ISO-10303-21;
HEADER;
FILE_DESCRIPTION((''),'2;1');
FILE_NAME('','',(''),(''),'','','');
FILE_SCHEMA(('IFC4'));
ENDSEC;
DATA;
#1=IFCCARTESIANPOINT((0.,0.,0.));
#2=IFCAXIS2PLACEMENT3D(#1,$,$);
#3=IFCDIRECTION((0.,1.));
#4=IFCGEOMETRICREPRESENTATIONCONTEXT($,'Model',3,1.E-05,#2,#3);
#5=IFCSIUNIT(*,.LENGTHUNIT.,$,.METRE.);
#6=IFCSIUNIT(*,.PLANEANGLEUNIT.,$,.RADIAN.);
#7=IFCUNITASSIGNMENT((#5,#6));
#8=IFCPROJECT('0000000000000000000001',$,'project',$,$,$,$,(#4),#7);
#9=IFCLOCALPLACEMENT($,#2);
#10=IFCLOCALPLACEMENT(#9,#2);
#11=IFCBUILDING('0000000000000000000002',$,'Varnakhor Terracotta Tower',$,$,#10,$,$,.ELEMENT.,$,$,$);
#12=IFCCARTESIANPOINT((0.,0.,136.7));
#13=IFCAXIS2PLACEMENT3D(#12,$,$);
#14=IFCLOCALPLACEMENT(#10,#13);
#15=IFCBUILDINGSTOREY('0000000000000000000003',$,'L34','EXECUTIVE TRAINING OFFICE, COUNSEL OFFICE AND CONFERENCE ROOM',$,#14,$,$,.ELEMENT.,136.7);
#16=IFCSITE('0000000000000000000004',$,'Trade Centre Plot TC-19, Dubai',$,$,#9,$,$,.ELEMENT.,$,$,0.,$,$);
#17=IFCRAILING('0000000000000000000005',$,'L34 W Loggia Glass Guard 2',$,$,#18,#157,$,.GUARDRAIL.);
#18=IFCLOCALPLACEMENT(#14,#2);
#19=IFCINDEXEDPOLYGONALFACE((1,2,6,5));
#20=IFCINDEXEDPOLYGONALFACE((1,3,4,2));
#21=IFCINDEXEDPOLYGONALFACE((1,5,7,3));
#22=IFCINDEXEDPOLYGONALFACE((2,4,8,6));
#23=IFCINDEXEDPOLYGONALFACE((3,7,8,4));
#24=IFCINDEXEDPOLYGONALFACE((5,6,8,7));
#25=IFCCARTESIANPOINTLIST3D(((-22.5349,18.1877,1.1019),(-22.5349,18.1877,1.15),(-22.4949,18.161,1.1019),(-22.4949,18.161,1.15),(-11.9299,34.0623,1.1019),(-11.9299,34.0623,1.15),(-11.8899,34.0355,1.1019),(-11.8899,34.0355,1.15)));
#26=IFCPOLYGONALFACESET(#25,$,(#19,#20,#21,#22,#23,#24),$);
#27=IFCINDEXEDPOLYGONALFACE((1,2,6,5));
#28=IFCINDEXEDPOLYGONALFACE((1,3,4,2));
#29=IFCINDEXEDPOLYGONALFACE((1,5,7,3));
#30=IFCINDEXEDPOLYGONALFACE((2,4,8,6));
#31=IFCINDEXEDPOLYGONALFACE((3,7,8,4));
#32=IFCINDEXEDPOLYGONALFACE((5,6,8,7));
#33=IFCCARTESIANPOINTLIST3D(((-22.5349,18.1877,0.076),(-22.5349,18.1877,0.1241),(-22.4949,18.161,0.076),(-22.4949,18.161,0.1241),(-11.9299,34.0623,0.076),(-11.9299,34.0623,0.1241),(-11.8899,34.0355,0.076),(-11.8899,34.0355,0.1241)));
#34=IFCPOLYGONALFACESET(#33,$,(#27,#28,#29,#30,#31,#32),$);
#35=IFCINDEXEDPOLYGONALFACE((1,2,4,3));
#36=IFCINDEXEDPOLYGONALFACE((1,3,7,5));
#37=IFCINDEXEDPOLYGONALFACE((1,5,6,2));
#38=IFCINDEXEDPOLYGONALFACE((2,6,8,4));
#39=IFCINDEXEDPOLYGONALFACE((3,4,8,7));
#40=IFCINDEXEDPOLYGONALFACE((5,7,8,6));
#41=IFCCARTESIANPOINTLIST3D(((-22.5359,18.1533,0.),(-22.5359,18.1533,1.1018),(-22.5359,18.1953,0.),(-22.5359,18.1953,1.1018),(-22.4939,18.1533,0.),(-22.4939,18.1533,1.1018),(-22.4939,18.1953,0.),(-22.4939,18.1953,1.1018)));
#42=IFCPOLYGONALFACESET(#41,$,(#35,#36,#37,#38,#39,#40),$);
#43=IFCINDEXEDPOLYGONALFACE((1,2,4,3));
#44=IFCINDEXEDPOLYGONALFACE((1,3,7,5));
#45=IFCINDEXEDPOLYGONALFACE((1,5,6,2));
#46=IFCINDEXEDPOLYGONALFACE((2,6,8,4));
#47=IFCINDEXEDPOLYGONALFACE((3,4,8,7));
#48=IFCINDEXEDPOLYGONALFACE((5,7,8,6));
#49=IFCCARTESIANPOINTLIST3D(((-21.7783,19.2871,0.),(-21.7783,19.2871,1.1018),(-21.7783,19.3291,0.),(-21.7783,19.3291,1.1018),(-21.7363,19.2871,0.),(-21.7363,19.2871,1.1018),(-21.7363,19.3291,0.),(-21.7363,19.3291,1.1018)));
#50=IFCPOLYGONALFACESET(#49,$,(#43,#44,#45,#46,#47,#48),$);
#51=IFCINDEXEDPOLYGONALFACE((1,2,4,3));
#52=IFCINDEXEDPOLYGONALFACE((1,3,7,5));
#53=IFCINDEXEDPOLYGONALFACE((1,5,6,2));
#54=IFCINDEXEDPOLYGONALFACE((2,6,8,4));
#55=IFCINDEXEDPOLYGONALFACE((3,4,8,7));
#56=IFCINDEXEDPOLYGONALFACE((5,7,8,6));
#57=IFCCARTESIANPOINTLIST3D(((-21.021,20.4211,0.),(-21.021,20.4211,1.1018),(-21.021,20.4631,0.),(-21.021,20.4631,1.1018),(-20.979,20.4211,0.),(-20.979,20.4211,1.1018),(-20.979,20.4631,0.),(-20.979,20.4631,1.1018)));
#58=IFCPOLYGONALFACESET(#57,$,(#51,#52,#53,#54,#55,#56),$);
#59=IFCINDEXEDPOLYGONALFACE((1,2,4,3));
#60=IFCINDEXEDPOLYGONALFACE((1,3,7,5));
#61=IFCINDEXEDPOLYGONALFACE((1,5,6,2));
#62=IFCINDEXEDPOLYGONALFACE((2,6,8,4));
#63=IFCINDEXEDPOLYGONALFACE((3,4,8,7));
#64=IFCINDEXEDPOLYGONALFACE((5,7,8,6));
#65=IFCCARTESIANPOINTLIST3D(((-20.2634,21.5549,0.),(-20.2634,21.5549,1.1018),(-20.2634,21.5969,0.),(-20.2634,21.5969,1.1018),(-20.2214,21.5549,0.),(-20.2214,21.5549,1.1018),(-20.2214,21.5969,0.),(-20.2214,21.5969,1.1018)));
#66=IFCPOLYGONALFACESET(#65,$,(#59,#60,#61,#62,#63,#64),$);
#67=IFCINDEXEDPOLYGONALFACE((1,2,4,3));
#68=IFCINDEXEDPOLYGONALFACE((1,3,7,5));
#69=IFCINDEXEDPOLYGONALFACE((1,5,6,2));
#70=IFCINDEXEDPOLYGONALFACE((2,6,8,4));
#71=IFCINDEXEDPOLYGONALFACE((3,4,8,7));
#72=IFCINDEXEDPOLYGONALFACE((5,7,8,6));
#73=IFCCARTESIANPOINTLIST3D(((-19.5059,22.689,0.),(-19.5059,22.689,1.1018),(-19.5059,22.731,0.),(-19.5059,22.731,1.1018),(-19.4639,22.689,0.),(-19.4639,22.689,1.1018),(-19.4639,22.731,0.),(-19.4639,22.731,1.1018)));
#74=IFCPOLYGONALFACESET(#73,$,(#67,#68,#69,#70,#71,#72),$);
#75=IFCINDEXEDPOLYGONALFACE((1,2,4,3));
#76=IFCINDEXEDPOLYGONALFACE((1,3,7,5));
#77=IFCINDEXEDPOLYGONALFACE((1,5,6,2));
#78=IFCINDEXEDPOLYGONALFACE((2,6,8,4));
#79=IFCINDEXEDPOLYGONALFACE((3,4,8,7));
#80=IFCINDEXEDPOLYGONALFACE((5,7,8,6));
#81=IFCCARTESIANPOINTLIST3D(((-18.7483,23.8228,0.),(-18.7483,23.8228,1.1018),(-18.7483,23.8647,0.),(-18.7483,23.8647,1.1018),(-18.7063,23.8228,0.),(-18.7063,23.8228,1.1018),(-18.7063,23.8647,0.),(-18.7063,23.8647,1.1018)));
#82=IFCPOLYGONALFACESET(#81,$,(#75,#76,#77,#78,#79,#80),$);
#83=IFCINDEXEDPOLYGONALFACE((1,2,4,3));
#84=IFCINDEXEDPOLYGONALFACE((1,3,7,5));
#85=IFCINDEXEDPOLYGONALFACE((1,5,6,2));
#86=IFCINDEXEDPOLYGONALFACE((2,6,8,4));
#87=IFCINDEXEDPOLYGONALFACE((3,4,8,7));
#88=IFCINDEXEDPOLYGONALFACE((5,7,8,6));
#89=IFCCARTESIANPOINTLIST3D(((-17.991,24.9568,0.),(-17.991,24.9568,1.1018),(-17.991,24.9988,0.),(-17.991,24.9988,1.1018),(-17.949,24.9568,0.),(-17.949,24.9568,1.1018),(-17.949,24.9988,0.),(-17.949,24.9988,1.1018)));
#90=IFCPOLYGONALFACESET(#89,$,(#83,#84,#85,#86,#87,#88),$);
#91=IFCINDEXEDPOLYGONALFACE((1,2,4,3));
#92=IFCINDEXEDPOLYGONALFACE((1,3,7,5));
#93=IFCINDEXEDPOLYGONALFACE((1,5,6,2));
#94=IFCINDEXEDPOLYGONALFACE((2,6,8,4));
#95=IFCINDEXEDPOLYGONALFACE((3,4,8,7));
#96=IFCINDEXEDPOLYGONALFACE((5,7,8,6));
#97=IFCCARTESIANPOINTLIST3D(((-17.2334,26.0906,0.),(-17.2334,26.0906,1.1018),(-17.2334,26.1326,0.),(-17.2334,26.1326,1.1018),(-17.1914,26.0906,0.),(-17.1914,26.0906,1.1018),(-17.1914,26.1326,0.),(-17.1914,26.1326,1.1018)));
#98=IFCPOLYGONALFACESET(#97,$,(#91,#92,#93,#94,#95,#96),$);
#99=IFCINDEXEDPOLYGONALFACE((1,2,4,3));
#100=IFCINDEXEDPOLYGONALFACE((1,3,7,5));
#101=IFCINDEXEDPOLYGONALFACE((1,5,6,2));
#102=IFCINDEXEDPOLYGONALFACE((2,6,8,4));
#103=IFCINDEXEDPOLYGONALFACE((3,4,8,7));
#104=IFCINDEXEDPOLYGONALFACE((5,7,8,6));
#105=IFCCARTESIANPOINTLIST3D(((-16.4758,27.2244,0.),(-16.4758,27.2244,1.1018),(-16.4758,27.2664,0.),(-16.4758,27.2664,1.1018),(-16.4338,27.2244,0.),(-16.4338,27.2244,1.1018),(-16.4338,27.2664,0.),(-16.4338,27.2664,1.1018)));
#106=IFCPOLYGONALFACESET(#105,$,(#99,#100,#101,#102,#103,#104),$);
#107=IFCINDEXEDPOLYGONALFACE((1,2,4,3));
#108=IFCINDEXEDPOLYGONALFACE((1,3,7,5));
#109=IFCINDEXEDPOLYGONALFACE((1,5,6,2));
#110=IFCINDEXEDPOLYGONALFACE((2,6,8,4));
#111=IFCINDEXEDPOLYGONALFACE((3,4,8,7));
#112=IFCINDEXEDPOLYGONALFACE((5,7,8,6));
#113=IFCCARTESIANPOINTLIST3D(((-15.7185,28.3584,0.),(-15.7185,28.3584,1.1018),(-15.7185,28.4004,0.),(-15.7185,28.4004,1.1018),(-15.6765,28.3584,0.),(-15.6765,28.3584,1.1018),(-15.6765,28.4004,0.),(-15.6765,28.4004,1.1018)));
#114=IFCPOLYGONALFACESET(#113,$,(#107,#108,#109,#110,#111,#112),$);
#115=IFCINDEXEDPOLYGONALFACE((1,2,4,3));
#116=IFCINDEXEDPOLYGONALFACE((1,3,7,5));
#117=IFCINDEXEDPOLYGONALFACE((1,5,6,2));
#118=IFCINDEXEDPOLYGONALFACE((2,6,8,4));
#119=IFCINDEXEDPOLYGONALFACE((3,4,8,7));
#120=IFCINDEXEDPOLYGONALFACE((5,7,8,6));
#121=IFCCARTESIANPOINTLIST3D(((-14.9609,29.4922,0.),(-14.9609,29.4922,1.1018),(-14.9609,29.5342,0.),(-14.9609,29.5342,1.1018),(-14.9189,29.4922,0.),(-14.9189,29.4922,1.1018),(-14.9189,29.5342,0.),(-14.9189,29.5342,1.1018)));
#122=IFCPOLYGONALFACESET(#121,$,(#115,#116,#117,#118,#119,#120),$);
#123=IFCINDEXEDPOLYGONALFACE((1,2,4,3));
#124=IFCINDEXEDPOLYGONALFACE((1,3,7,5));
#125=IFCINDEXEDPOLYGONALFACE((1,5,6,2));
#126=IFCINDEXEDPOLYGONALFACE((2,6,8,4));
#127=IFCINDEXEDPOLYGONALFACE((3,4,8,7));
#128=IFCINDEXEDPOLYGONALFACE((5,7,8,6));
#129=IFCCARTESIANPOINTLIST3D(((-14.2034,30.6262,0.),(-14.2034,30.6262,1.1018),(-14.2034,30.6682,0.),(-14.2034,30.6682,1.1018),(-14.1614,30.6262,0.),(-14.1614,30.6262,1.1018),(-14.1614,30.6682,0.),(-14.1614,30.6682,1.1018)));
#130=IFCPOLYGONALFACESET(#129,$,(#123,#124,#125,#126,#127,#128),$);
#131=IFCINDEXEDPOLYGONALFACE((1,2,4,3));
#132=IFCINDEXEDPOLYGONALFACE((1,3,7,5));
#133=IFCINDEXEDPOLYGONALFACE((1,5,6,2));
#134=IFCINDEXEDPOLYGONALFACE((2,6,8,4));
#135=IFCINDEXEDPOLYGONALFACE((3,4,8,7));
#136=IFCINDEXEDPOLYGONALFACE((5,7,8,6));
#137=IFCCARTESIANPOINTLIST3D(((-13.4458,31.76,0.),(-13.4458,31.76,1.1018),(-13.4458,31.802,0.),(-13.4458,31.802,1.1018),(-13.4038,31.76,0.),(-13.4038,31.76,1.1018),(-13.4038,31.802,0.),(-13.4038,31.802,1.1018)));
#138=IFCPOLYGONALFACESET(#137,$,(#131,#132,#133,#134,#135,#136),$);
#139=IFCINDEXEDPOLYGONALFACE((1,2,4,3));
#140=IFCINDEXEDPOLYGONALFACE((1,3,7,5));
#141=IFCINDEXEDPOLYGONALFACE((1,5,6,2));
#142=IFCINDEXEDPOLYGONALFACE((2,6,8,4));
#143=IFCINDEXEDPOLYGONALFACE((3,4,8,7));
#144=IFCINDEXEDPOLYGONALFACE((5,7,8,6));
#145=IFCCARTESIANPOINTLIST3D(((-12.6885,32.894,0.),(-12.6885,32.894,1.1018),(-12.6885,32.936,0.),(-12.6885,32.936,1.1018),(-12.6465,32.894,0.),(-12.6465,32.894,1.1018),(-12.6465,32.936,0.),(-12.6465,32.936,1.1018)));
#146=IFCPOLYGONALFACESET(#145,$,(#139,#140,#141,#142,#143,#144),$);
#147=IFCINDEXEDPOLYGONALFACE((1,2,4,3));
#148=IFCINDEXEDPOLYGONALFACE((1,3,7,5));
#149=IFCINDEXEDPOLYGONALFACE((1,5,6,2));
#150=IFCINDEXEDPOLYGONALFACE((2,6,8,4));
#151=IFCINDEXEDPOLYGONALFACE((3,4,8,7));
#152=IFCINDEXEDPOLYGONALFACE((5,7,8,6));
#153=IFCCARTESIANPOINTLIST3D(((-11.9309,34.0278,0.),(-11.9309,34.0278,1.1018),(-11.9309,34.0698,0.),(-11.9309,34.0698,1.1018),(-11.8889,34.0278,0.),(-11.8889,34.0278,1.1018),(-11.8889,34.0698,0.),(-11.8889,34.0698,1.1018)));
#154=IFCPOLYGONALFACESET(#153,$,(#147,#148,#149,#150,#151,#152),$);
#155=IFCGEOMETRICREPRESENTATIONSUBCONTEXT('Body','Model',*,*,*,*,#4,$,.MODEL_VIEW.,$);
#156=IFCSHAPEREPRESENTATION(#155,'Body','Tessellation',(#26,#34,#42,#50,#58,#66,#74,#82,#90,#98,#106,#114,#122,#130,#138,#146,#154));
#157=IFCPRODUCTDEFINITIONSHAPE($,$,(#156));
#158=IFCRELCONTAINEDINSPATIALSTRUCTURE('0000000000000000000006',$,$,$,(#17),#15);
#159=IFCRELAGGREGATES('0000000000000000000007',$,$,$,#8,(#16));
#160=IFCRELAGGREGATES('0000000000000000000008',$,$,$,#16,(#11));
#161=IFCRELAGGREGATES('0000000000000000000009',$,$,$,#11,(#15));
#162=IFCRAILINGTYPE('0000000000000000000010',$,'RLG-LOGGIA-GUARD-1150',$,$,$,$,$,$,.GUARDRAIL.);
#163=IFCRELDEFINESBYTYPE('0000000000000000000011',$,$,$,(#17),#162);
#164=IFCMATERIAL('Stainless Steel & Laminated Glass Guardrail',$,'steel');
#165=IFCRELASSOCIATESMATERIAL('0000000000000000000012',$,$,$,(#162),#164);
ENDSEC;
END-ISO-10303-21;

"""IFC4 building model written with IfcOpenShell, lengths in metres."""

from ifc_helpers import new_model, si_unit, direction, frame, origin, origin_2d, place, context, subcontext, project, spatial, rectangle, extrude, material, type_object, element, save


model = new_model("IFC4")

# Units and contexts
model_context = context("Model", 3, precision=1e-05, world=origin(), true_north=direction((0.0, 1.0)))
body_context = subcontext(model_context, "Body", "Model", "MODEL_VIEW")
ifc_project = project(units=[si_unit("LENGTHUNIT", "METRE"), si_unit("PLANEANGLEUNIT", "RADIAN")], contexts=[model_context])

# Site, building, storey
site_placement = place(None, origin())
site = spatial("IfcSite", under=ifc_project, at=site_placement, Name="Trade Centre Plot TC-19, Dubai", CompositionType="ELEMENT", RefElevation=0.0)
building_placement = place(site_placement, origin())
building = spatial("IfcBuilding", under=site, at=building_placement, Name="Varnakhor Terracotta Tower", CompositionType="ELEMENT")
storey_placement = place(building_placement, frame((0.0, 0.0, 136.7)))
storey = spatial("IfcBuildingStorey", under=building, at=storey_placement, Name="L34", Description="EXECUTIVE TRAINING OFFICE, COUNSEL OFFICE AND CONFERENCE ROOM", CompositionType="ELEMENT", Elevation=136.7)

# Railing
ifc_material_1 = material(Name="Stainless Steel & Laminated Glass Guardrail", Category="steel")
railing_type = type_object("IfcRailingType", Name="RLG-LOGGIA-GUARD-1150", PredefinedType="GUARDRAIL", material=ifc_material_1)
railing_1_placement = place(storey_placement, frame((-22.5149, 18.1743, 0.0)))
element("IfcRailing", 1, at=railing_1_placement, inside=storey, type_object=railing_type, Name="L34 W Loggia Glass Guard 2", PredefinedType="GUARDRAIL", context=body_context, shape_type="SweptSolid", body=[
    extrude(rectangle(XDim=0.0481, YDim=0.0481, at=origin_2d()), frame((0.0, 0.0, 1.126), z_axis=(0.555497, 0.831519, 0.0), x_axis=(-0.831519, 0.555497, 0.0)), (0.0, 0.0, 1.0), 19.0911),
    extrude(rectangle(XDim=0.0481, YDim=0.0481, at=origin_2d()), frame((0.0, 0.0, 0.1001), z_axis=(0.555497, 0.831519, 0.0), x_axis=(-0.831519, 0.555497, 0.0)), (0.0, 0.0, 1.0), 19.0911),
    extrude(rectangle(XDim=0.042, YDim=0.042, at=origin_2d()), origin(), (0.0, 0.0, 1.0), 1.1018),
    extrude(rectangle(XDim=0.042, YDim=0.042, at=origin_2d()), frame((0.7576, 1.1338, 0.0)), (0.0, 0.0, 1.0), 1.1018),
    extrude(rectangle(XDim=0.042, YDim=0.042, at=origin_2d()), frame((1.5149, 2.2678, 0.0)), (0.0, 0.0, 1.0), 1.1018),
    extrude(rectangle(XDim=0.042, YDim=0.042, at=origin_2d()), frame((2.2725, 3.4016, 0.0)), (0.0, 0.0, 1.0), 1.1018),
    extrude(rectangle(XDim=0.042, YDim=0.042, at=origin_2d()), frame((3.03, 4.5356, 0.0)), (0.0, 0.0, 1.0), 1.1018),
    extrude(rectangle(XDim=0.042, YDim=0.042, at=origin_2d()), frame((3.7876, 5.6694, 0.0)), (0.0, 0.0, 1.0), 1.1018),
    extrude(rectangle(XDim=0.042, YDim=0.042, at=origin_2d()), frame((4.5449, 6.8035, 0.0)), (0.0, 0.0, 1.0), 1.1018),
    extrude(rectangle(XDim=0.042, YDim=0.042, at=origin_2d()), frame((5.3025, 7.9373, 0.0)), (0.0, 0.0, 1.0), 1.1018),
    extrude(rectangle(XDim=0.042, YDim=0.042, at=origin_2d()), frame((6.0601, 9.071, 0.0)), (0.0, 0.0, 1.0), 1.1018),
    extrude(rectangle(XDim=0.042, YDim=0.042, at=origin_2d()), frame((6.8174, 10.2051, 0.0)), (0.0, 0.0, 1.0), 1.1018),
    extrude(rectangle(XDim=0.042, YDim=0.042, at=origin_2d()), frame((7.575, 11.3389, 0.0)), (0.0, 0.0, 1.0), 1.1018),
    extrude(rectangle(XDim=0.042, YDim=0.042, at=origin_2d()), frame((8.3325, 12.4729, 0.0)), (0.0, 0.0, 1.0), 1.1018),
    extrude(rectangle(XDim=0.042, YDim=0.042, at=origin_2d()), frame((9.0901, 13.6067, 0.0)), (0.0, 0.0, 1.0), 1.1018),
    extrude(rectangle(XDim=0.042, YDim=0.042, at=origin_2d()), frame((9.8474, 14.7407, 0.0)), (0.0, 0.0, 1.0), 1.1018),
    extrude(rectangle(XDim=0.042, YDim=0.042, at=origin_2d()), frame((10.605, 15.8745, 0.0)), (0.0, 0.0, 1.0), 1.1018),
])

save(model, "model.ifc")
